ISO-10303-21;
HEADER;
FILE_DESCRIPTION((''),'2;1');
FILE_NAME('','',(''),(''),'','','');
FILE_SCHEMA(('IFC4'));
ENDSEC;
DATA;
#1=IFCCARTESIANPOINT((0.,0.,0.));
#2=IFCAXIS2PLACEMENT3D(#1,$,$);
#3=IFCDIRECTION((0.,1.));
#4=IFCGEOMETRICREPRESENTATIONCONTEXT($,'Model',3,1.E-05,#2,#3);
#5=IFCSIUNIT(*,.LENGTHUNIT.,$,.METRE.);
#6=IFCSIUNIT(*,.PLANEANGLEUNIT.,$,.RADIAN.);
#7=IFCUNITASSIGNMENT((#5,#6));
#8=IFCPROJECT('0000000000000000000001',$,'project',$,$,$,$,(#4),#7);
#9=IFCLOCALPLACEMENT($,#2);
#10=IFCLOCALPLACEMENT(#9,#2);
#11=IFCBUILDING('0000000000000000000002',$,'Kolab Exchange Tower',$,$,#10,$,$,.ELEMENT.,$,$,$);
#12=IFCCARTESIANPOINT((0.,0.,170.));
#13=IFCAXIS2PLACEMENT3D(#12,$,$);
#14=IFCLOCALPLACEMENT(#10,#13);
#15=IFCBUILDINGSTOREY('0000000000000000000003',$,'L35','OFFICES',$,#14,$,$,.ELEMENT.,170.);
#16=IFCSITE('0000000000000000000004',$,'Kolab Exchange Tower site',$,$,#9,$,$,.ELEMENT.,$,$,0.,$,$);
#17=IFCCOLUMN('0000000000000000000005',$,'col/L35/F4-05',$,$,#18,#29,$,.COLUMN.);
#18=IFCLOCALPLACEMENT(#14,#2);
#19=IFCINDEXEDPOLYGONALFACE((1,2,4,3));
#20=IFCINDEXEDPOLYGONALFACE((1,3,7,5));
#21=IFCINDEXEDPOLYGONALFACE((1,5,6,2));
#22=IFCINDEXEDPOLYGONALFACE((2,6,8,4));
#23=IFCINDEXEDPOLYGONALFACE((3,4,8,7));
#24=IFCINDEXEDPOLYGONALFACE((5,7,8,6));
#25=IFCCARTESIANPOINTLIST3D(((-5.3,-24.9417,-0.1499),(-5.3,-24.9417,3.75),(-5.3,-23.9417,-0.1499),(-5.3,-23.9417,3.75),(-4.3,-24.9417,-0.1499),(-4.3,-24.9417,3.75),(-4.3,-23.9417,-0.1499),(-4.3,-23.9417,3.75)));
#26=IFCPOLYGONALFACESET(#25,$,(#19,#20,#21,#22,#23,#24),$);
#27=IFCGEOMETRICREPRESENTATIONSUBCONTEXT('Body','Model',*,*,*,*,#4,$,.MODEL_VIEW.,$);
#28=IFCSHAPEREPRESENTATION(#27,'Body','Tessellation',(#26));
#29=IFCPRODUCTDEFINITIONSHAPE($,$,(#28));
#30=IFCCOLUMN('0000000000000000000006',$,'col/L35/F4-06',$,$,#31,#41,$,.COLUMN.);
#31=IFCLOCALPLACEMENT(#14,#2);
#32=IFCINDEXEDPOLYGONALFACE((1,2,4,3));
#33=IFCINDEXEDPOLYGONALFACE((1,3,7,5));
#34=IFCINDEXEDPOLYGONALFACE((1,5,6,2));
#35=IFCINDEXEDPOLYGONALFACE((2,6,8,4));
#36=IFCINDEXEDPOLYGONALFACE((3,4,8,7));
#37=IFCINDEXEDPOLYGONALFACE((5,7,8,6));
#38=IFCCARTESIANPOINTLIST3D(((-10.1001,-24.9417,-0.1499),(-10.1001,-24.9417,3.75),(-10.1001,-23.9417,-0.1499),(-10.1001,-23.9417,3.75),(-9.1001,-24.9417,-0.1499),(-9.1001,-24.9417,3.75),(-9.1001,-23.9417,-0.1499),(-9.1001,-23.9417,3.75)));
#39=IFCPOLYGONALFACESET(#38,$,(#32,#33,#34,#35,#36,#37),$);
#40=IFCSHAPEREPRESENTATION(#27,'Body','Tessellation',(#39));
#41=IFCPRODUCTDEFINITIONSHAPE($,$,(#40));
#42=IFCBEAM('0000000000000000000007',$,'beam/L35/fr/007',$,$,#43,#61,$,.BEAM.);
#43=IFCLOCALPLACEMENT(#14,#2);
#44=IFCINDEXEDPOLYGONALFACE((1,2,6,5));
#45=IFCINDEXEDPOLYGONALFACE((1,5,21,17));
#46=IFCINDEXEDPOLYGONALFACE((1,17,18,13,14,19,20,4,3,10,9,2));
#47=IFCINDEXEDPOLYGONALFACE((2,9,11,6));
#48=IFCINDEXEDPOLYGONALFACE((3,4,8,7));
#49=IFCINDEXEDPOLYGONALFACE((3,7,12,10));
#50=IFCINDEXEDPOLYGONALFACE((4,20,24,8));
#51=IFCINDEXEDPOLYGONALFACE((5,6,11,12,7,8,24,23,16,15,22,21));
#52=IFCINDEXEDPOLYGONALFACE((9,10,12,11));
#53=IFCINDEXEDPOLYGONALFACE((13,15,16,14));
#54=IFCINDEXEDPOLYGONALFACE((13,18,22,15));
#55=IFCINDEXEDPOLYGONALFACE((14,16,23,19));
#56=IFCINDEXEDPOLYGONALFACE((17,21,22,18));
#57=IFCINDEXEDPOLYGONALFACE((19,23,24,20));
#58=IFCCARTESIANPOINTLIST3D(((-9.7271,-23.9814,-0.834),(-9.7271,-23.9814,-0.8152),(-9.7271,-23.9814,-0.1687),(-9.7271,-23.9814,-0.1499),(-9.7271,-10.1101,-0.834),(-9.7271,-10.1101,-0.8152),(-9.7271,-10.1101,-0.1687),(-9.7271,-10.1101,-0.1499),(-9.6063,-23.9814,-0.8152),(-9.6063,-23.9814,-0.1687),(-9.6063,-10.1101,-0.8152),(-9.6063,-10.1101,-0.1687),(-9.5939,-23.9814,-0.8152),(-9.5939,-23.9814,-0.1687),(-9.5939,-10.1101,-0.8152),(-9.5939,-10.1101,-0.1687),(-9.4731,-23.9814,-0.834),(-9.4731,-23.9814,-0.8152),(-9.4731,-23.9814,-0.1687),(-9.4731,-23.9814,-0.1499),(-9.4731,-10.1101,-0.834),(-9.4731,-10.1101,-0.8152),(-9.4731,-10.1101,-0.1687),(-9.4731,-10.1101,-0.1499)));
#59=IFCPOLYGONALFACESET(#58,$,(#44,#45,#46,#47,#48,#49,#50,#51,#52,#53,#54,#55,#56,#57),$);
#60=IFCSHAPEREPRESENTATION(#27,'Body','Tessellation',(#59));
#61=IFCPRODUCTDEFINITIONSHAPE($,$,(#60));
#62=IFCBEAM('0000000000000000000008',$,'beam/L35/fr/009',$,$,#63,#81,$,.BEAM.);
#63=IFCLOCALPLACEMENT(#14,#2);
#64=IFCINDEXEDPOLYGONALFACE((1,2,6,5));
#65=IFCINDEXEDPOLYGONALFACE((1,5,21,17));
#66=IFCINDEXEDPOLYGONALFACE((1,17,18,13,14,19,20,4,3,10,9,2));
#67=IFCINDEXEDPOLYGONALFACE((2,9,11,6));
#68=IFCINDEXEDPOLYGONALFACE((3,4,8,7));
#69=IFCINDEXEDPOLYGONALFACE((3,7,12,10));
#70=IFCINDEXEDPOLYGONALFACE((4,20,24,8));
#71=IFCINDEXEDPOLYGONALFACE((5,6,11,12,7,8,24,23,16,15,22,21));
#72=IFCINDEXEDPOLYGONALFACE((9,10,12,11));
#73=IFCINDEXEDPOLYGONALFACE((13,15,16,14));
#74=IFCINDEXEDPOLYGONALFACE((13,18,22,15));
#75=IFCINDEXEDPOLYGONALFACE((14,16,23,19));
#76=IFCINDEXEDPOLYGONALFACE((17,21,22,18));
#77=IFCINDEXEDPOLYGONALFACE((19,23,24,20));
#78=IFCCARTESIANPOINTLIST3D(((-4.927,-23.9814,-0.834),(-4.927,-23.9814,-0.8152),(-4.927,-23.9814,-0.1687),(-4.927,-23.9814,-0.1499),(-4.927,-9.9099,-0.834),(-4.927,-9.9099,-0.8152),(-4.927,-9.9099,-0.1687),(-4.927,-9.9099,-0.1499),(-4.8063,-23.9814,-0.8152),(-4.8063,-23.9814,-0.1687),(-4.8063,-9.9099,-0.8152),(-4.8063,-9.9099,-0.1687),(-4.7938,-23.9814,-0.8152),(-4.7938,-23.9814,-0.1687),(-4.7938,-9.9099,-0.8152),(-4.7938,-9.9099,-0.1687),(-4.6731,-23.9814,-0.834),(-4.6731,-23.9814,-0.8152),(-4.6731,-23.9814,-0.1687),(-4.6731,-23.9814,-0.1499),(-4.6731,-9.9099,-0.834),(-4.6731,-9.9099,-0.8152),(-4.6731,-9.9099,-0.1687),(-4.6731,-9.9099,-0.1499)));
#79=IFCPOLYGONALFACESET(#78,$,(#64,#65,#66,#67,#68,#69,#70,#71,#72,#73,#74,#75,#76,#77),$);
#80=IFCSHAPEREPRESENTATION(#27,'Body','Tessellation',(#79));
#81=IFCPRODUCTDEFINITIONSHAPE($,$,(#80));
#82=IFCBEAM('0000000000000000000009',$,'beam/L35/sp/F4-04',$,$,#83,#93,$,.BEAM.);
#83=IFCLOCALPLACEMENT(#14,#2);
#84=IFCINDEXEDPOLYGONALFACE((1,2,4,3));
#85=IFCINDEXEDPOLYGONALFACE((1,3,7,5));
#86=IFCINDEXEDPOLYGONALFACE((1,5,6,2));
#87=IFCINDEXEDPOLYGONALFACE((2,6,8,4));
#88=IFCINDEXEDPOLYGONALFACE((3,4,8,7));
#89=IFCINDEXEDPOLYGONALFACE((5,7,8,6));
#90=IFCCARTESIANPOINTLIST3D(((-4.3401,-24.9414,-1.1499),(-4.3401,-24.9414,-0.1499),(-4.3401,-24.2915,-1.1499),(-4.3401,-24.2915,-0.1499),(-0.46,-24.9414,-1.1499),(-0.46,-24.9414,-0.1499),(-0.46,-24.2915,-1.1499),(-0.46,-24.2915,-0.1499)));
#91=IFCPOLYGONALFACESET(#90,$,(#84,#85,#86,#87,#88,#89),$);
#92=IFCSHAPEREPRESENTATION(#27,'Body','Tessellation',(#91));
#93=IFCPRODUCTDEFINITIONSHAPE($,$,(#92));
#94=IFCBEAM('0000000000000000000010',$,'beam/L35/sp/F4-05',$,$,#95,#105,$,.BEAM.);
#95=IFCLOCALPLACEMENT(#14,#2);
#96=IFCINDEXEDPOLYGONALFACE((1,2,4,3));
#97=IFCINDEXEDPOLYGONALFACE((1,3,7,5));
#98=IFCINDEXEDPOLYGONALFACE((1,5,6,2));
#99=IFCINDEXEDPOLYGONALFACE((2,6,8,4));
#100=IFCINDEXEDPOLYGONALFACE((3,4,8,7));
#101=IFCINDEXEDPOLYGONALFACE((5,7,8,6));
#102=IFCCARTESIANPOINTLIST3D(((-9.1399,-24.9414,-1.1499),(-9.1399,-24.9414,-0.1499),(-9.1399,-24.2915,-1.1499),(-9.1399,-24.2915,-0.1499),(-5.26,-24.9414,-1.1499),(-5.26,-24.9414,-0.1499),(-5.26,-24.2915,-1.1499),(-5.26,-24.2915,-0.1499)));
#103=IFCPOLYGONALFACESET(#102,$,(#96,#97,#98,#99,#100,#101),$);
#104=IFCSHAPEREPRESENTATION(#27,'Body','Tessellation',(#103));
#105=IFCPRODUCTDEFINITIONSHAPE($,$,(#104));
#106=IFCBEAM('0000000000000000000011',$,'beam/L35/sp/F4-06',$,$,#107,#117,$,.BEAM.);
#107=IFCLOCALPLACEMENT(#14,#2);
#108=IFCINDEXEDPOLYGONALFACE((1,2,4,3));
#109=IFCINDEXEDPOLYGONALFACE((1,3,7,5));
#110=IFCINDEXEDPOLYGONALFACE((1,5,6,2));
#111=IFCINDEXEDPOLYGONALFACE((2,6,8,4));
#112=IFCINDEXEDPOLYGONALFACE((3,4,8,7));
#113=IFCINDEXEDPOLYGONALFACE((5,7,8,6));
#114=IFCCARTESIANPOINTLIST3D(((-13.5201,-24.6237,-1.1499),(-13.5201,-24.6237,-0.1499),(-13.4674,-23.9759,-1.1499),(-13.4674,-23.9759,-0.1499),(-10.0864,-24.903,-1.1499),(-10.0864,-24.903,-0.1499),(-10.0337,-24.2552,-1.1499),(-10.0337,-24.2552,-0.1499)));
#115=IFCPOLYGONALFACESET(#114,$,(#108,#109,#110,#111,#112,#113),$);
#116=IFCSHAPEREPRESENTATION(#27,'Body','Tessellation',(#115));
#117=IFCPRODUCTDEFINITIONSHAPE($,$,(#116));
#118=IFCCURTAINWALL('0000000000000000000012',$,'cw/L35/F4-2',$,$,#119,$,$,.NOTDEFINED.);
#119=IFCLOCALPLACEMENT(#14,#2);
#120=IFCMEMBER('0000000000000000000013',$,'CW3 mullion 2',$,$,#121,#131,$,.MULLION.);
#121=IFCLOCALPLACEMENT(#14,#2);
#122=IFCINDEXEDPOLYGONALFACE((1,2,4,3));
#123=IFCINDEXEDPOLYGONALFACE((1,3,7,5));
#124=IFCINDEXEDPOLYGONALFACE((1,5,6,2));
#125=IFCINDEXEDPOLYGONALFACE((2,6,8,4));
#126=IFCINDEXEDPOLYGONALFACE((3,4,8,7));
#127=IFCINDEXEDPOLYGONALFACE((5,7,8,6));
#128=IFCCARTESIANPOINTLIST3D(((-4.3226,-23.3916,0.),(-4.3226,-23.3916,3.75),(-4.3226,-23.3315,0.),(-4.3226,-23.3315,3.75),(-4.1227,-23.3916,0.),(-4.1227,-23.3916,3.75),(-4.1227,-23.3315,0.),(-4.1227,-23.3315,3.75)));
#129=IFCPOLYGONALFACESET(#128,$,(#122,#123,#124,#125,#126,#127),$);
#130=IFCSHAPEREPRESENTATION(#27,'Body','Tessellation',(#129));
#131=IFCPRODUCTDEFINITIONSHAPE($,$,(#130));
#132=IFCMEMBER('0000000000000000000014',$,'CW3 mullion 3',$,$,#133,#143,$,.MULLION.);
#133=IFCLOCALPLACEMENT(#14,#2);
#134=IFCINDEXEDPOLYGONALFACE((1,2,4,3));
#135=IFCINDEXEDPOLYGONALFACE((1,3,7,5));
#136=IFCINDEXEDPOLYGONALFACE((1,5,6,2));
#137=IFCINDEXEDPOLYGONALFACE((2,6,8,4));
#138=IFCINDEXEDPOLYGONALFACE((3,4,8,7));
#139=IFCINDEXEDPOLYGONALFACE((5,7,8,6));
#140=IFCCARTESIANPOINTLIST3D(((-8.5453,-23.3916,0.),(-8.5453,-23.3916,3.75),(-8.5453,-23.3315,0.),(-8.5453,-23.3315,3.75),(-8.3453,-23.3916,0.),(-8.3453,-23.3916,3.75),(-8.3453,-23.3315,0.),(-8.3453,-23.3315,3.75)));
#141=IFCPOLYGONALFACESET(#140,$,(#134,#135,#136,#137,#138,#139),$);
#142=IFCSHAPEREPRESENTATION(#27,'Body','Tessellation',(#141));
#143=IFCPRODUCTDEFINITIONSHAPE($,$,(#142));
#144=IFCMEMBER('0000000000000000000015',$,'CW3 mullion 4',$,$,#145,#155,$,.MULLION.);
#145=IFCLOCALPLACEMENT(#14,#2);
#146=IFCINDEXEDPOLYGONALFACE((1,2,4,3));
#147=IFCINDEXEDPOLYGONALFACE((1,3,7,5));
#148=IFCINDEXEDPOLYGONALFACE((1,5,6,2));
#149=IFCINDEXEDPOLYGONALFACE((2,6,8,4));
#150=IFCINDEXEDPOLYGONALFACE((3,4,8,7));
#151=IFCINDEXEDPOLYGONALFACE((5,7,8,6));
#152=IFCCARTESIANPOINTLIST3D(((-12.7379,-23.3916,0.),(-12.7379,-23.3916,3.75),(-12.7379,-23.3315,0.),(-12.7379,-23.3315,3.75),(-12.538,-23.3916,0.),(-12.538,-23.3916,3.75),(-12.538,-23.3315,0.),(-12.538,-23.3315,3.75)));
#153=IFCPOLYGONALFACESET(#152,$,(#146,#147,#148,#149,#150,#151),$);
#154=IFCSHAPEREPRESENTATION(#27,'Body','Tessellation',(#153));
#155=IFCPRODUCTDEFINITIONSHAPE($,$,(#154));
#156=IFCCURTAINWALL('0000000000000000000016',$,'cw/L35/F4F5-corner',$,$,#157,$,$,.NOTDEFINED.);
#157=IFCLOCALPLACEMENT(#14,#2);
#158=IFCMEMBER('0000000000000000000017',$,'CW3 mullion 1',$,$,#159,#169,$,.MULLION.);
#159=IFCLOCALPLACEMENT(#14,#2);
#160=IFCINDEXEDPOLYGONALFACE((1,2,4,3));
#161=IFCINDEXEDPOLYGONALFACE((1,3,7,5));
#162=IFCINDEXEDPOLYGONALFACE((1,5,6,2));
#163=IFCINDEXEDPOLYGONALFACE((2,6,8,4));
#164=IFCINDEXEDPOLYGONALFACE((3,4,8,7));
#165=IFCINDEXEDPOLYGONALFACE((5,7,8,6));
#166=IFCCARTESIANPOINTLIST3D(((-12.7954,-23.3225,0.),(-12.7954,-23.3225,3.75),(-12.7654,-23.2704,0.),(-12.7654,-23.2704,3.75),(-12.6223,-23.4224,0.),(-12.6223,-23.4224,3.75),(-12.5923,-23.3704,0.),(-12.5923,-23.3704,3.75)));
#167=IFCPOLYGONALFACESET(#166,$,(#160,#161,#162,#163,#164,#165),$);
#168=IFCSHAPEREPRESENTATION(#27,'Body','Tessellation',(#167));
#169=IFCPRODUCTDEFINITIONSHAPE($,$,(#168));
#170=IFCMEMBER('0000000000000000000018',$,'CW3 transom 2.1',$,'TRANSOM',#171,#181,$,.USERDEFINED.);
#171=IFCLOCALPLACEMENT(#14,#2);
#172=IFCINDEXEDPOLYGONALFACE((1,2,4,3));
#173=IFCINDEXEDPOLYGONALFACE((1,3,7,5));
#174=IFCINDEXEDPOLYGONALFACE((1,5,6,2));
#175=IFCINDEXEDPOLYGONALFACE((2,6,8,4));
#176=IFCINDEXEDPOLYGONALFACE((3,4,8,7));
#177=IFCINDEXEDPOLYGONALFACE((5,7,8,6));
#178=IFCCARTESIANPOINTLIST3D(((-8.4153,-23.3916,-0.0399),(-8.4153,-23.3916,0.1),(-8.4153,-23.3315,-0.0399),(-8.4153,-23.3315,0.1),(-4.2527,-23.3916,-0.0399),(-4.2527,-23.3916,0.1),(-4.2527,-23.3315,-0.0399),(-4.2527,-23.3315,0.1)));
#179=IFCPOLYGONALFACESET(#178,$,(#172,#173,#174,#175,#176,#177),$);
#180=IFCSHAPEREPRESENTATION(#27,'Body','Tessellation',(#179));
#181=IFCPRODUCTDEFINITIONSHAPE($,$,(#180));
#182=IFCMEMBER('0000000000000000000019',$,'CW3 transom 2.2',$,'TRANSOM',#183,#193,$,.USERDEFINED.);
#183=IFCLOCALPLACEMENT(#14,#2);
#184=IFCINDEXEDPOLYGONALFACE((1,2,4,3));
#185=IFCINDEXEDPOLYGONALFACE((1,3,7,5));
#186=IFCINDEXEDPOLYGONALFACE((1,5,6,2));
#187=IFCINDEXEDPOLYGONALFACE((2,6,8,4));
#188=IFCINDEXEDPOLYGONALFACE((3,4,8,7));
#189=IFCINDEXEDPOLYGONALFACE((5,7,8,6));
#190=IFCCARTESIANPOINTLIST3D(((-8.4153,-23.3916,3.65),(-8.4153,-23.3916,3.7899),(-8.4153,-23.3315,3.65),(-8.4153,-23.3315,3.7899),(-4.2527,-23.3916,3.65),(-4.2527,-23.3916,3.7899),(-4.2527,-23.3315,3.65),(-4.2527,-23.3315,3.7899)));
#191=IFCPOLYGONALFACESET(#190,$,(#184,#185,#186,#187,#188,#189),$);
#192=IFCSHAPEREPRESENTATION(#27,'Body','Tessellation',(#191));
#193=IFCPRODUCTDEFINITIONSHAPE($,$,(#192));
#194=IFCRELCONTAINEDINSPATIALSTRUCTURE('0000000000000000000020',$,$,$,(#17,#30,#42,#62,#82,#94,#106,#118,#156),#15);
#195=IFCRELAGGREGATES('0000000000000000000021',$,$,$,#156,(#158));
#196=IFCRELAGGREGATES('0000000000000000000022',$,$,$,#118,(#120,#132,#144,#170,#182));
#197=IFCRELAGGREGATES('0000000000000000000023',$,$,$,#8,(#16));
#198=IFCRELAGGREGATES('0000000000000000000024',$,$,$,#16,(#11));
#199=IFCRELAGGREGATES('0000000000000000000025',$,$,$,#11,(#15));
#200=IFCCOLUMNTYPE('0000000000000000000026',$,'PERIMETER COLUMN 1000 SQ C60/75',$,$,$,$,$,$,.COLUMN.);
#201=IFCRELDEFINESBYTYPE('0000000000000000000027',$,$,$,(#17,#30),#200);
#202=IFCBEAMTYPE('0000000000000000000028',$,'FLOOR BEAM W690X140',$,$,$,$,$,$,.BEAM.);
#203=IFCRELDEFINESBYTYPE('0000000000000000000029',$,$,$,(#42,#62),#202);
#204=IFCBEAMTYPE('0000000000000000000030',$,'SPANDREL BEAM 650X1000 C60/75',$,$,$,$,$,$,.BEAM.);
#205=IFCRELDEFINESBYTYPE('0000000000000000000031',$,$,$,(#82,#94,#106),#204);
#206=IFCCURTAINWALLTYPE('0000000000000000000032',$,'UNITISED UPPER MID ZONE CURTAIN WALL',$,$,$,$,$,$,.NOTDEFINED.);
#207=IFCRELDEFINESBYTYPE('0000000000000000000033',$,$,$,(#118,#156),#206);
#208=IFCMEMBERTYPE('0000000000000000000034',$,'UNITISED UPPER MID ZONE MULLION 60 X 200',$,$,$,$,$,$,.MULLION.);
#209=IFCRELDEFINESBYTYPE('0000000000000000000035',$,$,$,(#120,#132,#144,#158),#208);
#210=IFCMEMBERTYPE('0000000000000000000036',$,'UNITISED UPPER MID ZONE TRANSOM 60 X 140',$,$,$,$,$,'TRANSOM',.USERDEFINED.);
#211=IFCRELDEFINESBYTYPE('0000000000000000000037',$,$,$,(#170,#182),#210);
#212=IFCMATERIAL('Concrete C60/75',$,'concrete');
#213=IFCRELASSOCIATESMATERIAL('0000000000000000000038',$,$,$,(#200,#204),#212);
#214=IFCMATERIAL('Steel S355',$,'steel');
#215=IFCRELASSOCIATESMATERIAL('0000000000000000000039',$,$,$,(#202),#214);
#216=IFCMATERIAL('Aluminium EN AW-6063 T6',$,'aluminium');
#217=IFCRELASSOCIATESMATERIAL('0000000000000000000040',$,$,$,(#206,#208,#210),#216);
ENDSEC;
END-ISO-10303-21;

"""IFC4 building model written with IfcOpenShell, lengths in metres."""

from ifc_helpers import new_model, si_unit, direction, frame, origin, origin_2d, place, context, subcontext, project, spatial, rectangle, i_section, extrude, material, material_profile, profile_set, type_object, element, aggregate, save


model = new_model("IFC4")

# Units and contexts
model_context = context("Model", 3, precision=1e-05, world=origin(), true_north=direction((0.0, 1.0)))
body_context = subcontext(model_context, "Body", "Model", "MODEL_VIEW")
ifc_project = project(units=[si_unit("LENGTHUNIT", "METRE"), si_unit("PLANEANGLEUNIT", "RADIAN")], contexts=[model_context])

# Site, building, storey
site_placement = place(None, origin())
site = spatial("IfcSite", under=ifc_project, at=site_placement, Name="Kolab Exchange Tower site", CompositionType="ELEMENT", RefElevation=0.0)
building_placement = place(site_placement, origin())
building = spatial("IfcBuilding", under=site, at=building_placement, Name="Kolab Exchange Tower", CompositionType="ELEMENT")
storey_placement = place(building_placement, frame((0.0, 0.0, 170.0)))
storey = spatial("IfcBuildingStorey", under=building, at=storey_placement, Name="L35", Description="OFFICES", CompositionType="ELEMENT", Elevation=170.0)

# Columns
ifc_material_1 = material(Name="Concrete C60/75", Category="concrete")
ifc_material_profile_1 = material_profile(ifc_material_1, rectangle(XDim=1.0, YDim=1.0, at=origin_2d()), Name="RC1000")
ifc_profile_set_1 = profile_set([ifc_material_profile_1], Name="Concrete C60/75")
column_type = type_object("IfcColumnType", Name="PERIMETER COLUMN 1000 SQ C60/75", PredefinedType="COLUMN", material=ifc_profile_set_1)
for number, where, z_axis, x_axis, name in (
    (1, (-4.8, -24.4417, -0.1499), (0.0, 0.0, 1.0), (1.0, 0.0, 0.0), "col/L35/F4-05"),
    (2, (-9.6001, -24.4417, -0.1499), (0.0, 0.0, 1.0), (1.0, 0.0, 0.0), "col/L35/F4-06"),
):
    element("IfcColumn", number, at=place(storey_placement, frame(where, z_axis=z_axis, x_axis=x_axis)), inside=storey, type_object=column_type, Name=name, PredefinedType="COLUMN", context=body_context, shape_type="SweptSolid", body=[
        extrude(rectangle(XDim=1.0, YDim=1.0, at=origin_2d()), origin(), (0.0, 0.0, 1.0), 3.8999),
    ])

# Beams
ifc_material_2 = material(Name="Steel S355", Category="steel")
ifc_material_profile_2 = material_profile(ifc_material_2, i_section(OverallWidth=0.2539, OverallDepth=0.6841, WebThickness=0.0125, FlangeThickness=0.0188, at=origin_2d()), Name="W690X140")
ifc_profile_set_2 = profile_set([ifc_material_profile_2], Name="Steel S355")
beam_type_1 = type_object("IfcBeamType", Name="FLOOR BEAM W690X140", PredefinedType="BEAM", material=ifc_profile_set_2)
beam_1_placement = place(storey_placement, frame((-9.6001, -23.9814, -0.4919), z_axis=(0.0, 1.0, 0.0), x_axis=(-1.0, 0.0, 0.0)))
element("IfcBeam", 3, at=beam_1_placement, inside=storey, type_object=beam_type_1, Name="beam/L35/fr/007", PredefinedType="BEAM", context=body_context, shape_type="SweptSolid", body=[
    extrude(i_section(OverallWidth=0.2539, OverallDepth=0.6841, WebThickness=0.0125, FlangeThickness=0.0188, at=origin_2d()), origin(), (0.0, 0.0, 1.0), 13.8713),
])
beam_2_placement = place(storey_placement, frame((-4.8, -23.9814, -0.4919), z_axis=(0.0, 1.0, 0.0), x_axis=(-1.0, 0.0, 0.0)))
element("IfcBeam", 4, at=beam_2_placement, inside=storey, type_object=beam_type_1, Name="beam/L35/fr/009", PredefinedType="BEAM", context=body_context, shape_type="SweptSolid", body=[
    extrude(i_section(OverallWidth=0.2539, OverallDepth=0.6841, WebThickness=0.0125, FlangeThickness=0.0188, at=origin_2d()), origin(), (0.0, 0.0, 1.0), 14.0715),
])
ifc_material_profile_3 = material_profile(ifc_material_1, rectangle(XDim=0.6499, YDim=1.0, at=origin_2d()), Name="RC650X1000")
ifc_profile_set_3 = profile_set([ifc_material_profile_3], Name="Concrete C60/75")
beam_type_2 = type_object("IfcBeamType", Name="SPANDREL BEAM 650X1000 C60/75", PredefinedType="BEAM", material=ifc_profile_set_3)
beam_3_placement = place(storey_placement, frame((-0.46, -24.6165, -0.6499), z_axis=(-1.0, 0.0, 0.0), x_axis=(0.0, -1.0, 0.0)))
element("IfcBeam", 5, at=beam_3_placement, inside=storey, type_object=beam_type_2, Name="beam/L35/sp/F4-04", PredefinedType="BEAM", context=body_context, shape_type="SweptSolid", body=[
    extrude(rectangle(XDim=0.6499, YDim=1.0, at=origin_2d()), origin(), (0.0, 0.0, 1.0), 3.8801),
])
beam_4_placement = place(storey_placement, frame((-5.26, -24.6165, -0.6499), z_axis=(-1.0, 0.0, 0.0), x_axis=(0.0, -1.0, 0.0)))
element("IfcBeam", 6, at=beam_4_placement, inside=storey, type_object=beam_type_2, Name="beam/L35/sp/F4-05", PredefinedType="BEAM", context=body_context, shape_type="SweptSolid", body=[
    extrude(rectangle(XDim=0.6499, YDim=1.0, at=origin_2d()), origin(), (0.0, 0.0, 1.0), 3.8799),
])
beam_5_placement = place(storey_placement, frame((-10.0601, -24.5791, -0.6499), z_axis=(-0.996708, 0.081069, 0.0), x_axis=(-0.081069, -0.996708, 0.0)))
element("IfcBeam", 7, at=beam_5_placement, inside=storey, type_object=beam_type_2, Name="beam/L35/sp/F4-06", PredefinedType="BEAM", context=body_context, shape_type="SweptSolid", body=[
    extrude(rectangle(XDim=0.6499, YDim=1.0, at=origin_2d()), origin(), (0.0, 0.0, 1.0), 3.4451),
])

# Curtain wall, members
ifc_material_3 = material(Name="Aluminium EN AW-6063 T6", Category="aluminium")
curtain_wall_type = type_object("IfcCurtainWallType", Name="UNITISED UPPER MID ZONE CURTAIN WALL", PredefinedType="NOTDEFINED", material=ifc_material_3)
curtain_wall_1_placement = place(storey_placement, origin())
curtain_wall_1 = element("IfcCurtainWall", 8, at=curtain_wall_1_placement, inside=storey, type_object=curtain_wall_type, Name="cw/L35/F4-2", PredefinedType="NOTDEFINED")
ifc_material_profile_4 = material_profile(ifc_material_3, rectangle(XDim=0.0601, YDim=0.2, at=origin_2d()), Name="RECT 60X200")
ifc_profile_set_4 = profile_set([ifc_material_profile_4], Name="Aluminium EN AW-6063 T6")
member_type_1 = type_object("IfcMemberType", Name="UNITISED UPPER MID ZONE MULLION 60 X 200", PredefinedType="MULLION", material=ifc_profile_set_4)
member_1_placement = place(storey_placement, frame((-4.2227, -23.3616, 0.0), z_axis=(0.0, 0.0, 1.0), x_axis=(0.0, -1.0, 0.0)))
member_1 = element("IfcMember", 9, at=member_1_placement, type_object=member_type_1, Name="CW3 mullion 2", PredefinedType="MULLION", context=body_context, shape_type="SweptSolid", body=[
    extrude(rectangle(XDim=0.0601, YDim=0.2, at=origin_2d()), origin(), (0.0, 0.0, 1.0), 3.75),
])
member_2_placement = place(storey_placement, frame((-8.4453, -23.3616, 0.0), z_axis=(0.0, 0.0, 1.0), x_axis=(0.0, -1.0, 0.0)))
member_2 = element("IfcMember", 10, at=member_2_placement, type_object=member_type_1, Name="CW3 mullion 3", PredefinedType="MULLION", context=body_context, shape_type="SweptSolid", body=[
    extrude(rectangle(XDim=0.0601, YDim=0.2, at=origin_2d()), origin(), (0.0, 0.0, 1.0), 3.75),
])
member_3_placement = place(storey_placement, frame((-12.6379, -23.3616, 0.0), z_axis=(0.0, 0.0, 1.0), x_axis=(0.0, -1.0, 0.0)))
member_3 = element("IfcMember", 11, at=member_3_placement, type_object=member_type_1, Name="CW3 mullion 4", PredefinedType="MULLION", context=body_context, shape_type="SweptSolid", body=[
    extrude(rectangle(XDim=0.0601, YDim=0.2, at=origin_2d()), origin(), (0.0, 0.0, 1.0), 3.75),
])

# Curtain wall, member
curtain_wall_2_placement = place(storey_placement, origin())
curtain_wall_2 = element("IfcCurtainWall", 12, at=curtain_wall_2_placement, inside=storey, type_object=curtain_wall_type, Name="cw/L35/F4F5-corner", PredefinedType="NOTDEFINED")
member_4_placement = place(storey_placement, frame((-12.6938, -23.3464, 0.0), z_axis=(0.0, 0.0, 1.0), x_axis=(-0.5, -0.866025, 0.0)))
member_4 = element("IfcMember", 13, at=member_4_placement, type_object=member_type_1, Name="CW3 mullion 1", PredefinedType="MULLION", context=body_context, shape_type="SweptSolid", body=[
    extrude(rectangle(XDim=0.0601, YDim=0.2, at=origin_2d()), origin(), (0.0, 0.0, 1.0), 3.75),
])

# Members
ifc_material_profile_5 = material_profile(ifc_material_3, rectangle(XDim=0.0601, YDim=0.1399, at=origin_2d()), Name="RECT 60X140")
ifc_profile_set_5 = profile_set([ifc_material_profile_5], Name="Aluminium EN AW-6063 T6")
member_type_2 = type_object("IfcMemberType", Name="UNITISED UPPER MID ZONE TRANSOM 60 X 140", ElementType="TRANSOM", PredefinedType="USERDEFINED", material=ifc_profile_set_5)
member_5_placement = place(storey_placement, frame((-4.2527, -23.3616, 0.03), z_axis=(-1.0, 0.0, 0.0), x_axis=(0.0, -1.0, 0.0)))
member_5 = element("IfcMember", 14, at=member_5_placement, type_object=member_type_2, Name="CW3 transom 2.1", ObjectType="TRANSOM", PredefinedType="USERDEFINED", context=body_context, shape_type="SweptSolid", body=[
    extrude(rectangle(XDim=0.0601, YDim=0.1399, at=origin_2d()), origin(), (0.0, 0.0, 1.0), 4.1626),
])
member_6_placement = place(storey_placement, frame((-4.2527, -23.3616, 3.72), z_axis=(-1.0, 0.0, 0.0), x_axis=(0.0, -1.0, 0.0)))
member_6 = element("IfcMember", 15, at=member_6_placement, type_object=member_type_2, Name="CW3 transom 2.2", ObjectType="TRANSOM", PredefinedType="USERDEFINED", context=body_context, shape_type="SweptSolid", body=[
    extrude(rectangle(XDim=0.0601, YDim=0.1399, at=origin_2d()), origin(), (0.0, 0.0, 1.0), 4.1626),
])
aggregate(curtain_wall_2, [member_4])

aggregate(curtain_wall_1, [member_1, member_2, member_3, member_5, member_6])

save(model, "model.ifc")
